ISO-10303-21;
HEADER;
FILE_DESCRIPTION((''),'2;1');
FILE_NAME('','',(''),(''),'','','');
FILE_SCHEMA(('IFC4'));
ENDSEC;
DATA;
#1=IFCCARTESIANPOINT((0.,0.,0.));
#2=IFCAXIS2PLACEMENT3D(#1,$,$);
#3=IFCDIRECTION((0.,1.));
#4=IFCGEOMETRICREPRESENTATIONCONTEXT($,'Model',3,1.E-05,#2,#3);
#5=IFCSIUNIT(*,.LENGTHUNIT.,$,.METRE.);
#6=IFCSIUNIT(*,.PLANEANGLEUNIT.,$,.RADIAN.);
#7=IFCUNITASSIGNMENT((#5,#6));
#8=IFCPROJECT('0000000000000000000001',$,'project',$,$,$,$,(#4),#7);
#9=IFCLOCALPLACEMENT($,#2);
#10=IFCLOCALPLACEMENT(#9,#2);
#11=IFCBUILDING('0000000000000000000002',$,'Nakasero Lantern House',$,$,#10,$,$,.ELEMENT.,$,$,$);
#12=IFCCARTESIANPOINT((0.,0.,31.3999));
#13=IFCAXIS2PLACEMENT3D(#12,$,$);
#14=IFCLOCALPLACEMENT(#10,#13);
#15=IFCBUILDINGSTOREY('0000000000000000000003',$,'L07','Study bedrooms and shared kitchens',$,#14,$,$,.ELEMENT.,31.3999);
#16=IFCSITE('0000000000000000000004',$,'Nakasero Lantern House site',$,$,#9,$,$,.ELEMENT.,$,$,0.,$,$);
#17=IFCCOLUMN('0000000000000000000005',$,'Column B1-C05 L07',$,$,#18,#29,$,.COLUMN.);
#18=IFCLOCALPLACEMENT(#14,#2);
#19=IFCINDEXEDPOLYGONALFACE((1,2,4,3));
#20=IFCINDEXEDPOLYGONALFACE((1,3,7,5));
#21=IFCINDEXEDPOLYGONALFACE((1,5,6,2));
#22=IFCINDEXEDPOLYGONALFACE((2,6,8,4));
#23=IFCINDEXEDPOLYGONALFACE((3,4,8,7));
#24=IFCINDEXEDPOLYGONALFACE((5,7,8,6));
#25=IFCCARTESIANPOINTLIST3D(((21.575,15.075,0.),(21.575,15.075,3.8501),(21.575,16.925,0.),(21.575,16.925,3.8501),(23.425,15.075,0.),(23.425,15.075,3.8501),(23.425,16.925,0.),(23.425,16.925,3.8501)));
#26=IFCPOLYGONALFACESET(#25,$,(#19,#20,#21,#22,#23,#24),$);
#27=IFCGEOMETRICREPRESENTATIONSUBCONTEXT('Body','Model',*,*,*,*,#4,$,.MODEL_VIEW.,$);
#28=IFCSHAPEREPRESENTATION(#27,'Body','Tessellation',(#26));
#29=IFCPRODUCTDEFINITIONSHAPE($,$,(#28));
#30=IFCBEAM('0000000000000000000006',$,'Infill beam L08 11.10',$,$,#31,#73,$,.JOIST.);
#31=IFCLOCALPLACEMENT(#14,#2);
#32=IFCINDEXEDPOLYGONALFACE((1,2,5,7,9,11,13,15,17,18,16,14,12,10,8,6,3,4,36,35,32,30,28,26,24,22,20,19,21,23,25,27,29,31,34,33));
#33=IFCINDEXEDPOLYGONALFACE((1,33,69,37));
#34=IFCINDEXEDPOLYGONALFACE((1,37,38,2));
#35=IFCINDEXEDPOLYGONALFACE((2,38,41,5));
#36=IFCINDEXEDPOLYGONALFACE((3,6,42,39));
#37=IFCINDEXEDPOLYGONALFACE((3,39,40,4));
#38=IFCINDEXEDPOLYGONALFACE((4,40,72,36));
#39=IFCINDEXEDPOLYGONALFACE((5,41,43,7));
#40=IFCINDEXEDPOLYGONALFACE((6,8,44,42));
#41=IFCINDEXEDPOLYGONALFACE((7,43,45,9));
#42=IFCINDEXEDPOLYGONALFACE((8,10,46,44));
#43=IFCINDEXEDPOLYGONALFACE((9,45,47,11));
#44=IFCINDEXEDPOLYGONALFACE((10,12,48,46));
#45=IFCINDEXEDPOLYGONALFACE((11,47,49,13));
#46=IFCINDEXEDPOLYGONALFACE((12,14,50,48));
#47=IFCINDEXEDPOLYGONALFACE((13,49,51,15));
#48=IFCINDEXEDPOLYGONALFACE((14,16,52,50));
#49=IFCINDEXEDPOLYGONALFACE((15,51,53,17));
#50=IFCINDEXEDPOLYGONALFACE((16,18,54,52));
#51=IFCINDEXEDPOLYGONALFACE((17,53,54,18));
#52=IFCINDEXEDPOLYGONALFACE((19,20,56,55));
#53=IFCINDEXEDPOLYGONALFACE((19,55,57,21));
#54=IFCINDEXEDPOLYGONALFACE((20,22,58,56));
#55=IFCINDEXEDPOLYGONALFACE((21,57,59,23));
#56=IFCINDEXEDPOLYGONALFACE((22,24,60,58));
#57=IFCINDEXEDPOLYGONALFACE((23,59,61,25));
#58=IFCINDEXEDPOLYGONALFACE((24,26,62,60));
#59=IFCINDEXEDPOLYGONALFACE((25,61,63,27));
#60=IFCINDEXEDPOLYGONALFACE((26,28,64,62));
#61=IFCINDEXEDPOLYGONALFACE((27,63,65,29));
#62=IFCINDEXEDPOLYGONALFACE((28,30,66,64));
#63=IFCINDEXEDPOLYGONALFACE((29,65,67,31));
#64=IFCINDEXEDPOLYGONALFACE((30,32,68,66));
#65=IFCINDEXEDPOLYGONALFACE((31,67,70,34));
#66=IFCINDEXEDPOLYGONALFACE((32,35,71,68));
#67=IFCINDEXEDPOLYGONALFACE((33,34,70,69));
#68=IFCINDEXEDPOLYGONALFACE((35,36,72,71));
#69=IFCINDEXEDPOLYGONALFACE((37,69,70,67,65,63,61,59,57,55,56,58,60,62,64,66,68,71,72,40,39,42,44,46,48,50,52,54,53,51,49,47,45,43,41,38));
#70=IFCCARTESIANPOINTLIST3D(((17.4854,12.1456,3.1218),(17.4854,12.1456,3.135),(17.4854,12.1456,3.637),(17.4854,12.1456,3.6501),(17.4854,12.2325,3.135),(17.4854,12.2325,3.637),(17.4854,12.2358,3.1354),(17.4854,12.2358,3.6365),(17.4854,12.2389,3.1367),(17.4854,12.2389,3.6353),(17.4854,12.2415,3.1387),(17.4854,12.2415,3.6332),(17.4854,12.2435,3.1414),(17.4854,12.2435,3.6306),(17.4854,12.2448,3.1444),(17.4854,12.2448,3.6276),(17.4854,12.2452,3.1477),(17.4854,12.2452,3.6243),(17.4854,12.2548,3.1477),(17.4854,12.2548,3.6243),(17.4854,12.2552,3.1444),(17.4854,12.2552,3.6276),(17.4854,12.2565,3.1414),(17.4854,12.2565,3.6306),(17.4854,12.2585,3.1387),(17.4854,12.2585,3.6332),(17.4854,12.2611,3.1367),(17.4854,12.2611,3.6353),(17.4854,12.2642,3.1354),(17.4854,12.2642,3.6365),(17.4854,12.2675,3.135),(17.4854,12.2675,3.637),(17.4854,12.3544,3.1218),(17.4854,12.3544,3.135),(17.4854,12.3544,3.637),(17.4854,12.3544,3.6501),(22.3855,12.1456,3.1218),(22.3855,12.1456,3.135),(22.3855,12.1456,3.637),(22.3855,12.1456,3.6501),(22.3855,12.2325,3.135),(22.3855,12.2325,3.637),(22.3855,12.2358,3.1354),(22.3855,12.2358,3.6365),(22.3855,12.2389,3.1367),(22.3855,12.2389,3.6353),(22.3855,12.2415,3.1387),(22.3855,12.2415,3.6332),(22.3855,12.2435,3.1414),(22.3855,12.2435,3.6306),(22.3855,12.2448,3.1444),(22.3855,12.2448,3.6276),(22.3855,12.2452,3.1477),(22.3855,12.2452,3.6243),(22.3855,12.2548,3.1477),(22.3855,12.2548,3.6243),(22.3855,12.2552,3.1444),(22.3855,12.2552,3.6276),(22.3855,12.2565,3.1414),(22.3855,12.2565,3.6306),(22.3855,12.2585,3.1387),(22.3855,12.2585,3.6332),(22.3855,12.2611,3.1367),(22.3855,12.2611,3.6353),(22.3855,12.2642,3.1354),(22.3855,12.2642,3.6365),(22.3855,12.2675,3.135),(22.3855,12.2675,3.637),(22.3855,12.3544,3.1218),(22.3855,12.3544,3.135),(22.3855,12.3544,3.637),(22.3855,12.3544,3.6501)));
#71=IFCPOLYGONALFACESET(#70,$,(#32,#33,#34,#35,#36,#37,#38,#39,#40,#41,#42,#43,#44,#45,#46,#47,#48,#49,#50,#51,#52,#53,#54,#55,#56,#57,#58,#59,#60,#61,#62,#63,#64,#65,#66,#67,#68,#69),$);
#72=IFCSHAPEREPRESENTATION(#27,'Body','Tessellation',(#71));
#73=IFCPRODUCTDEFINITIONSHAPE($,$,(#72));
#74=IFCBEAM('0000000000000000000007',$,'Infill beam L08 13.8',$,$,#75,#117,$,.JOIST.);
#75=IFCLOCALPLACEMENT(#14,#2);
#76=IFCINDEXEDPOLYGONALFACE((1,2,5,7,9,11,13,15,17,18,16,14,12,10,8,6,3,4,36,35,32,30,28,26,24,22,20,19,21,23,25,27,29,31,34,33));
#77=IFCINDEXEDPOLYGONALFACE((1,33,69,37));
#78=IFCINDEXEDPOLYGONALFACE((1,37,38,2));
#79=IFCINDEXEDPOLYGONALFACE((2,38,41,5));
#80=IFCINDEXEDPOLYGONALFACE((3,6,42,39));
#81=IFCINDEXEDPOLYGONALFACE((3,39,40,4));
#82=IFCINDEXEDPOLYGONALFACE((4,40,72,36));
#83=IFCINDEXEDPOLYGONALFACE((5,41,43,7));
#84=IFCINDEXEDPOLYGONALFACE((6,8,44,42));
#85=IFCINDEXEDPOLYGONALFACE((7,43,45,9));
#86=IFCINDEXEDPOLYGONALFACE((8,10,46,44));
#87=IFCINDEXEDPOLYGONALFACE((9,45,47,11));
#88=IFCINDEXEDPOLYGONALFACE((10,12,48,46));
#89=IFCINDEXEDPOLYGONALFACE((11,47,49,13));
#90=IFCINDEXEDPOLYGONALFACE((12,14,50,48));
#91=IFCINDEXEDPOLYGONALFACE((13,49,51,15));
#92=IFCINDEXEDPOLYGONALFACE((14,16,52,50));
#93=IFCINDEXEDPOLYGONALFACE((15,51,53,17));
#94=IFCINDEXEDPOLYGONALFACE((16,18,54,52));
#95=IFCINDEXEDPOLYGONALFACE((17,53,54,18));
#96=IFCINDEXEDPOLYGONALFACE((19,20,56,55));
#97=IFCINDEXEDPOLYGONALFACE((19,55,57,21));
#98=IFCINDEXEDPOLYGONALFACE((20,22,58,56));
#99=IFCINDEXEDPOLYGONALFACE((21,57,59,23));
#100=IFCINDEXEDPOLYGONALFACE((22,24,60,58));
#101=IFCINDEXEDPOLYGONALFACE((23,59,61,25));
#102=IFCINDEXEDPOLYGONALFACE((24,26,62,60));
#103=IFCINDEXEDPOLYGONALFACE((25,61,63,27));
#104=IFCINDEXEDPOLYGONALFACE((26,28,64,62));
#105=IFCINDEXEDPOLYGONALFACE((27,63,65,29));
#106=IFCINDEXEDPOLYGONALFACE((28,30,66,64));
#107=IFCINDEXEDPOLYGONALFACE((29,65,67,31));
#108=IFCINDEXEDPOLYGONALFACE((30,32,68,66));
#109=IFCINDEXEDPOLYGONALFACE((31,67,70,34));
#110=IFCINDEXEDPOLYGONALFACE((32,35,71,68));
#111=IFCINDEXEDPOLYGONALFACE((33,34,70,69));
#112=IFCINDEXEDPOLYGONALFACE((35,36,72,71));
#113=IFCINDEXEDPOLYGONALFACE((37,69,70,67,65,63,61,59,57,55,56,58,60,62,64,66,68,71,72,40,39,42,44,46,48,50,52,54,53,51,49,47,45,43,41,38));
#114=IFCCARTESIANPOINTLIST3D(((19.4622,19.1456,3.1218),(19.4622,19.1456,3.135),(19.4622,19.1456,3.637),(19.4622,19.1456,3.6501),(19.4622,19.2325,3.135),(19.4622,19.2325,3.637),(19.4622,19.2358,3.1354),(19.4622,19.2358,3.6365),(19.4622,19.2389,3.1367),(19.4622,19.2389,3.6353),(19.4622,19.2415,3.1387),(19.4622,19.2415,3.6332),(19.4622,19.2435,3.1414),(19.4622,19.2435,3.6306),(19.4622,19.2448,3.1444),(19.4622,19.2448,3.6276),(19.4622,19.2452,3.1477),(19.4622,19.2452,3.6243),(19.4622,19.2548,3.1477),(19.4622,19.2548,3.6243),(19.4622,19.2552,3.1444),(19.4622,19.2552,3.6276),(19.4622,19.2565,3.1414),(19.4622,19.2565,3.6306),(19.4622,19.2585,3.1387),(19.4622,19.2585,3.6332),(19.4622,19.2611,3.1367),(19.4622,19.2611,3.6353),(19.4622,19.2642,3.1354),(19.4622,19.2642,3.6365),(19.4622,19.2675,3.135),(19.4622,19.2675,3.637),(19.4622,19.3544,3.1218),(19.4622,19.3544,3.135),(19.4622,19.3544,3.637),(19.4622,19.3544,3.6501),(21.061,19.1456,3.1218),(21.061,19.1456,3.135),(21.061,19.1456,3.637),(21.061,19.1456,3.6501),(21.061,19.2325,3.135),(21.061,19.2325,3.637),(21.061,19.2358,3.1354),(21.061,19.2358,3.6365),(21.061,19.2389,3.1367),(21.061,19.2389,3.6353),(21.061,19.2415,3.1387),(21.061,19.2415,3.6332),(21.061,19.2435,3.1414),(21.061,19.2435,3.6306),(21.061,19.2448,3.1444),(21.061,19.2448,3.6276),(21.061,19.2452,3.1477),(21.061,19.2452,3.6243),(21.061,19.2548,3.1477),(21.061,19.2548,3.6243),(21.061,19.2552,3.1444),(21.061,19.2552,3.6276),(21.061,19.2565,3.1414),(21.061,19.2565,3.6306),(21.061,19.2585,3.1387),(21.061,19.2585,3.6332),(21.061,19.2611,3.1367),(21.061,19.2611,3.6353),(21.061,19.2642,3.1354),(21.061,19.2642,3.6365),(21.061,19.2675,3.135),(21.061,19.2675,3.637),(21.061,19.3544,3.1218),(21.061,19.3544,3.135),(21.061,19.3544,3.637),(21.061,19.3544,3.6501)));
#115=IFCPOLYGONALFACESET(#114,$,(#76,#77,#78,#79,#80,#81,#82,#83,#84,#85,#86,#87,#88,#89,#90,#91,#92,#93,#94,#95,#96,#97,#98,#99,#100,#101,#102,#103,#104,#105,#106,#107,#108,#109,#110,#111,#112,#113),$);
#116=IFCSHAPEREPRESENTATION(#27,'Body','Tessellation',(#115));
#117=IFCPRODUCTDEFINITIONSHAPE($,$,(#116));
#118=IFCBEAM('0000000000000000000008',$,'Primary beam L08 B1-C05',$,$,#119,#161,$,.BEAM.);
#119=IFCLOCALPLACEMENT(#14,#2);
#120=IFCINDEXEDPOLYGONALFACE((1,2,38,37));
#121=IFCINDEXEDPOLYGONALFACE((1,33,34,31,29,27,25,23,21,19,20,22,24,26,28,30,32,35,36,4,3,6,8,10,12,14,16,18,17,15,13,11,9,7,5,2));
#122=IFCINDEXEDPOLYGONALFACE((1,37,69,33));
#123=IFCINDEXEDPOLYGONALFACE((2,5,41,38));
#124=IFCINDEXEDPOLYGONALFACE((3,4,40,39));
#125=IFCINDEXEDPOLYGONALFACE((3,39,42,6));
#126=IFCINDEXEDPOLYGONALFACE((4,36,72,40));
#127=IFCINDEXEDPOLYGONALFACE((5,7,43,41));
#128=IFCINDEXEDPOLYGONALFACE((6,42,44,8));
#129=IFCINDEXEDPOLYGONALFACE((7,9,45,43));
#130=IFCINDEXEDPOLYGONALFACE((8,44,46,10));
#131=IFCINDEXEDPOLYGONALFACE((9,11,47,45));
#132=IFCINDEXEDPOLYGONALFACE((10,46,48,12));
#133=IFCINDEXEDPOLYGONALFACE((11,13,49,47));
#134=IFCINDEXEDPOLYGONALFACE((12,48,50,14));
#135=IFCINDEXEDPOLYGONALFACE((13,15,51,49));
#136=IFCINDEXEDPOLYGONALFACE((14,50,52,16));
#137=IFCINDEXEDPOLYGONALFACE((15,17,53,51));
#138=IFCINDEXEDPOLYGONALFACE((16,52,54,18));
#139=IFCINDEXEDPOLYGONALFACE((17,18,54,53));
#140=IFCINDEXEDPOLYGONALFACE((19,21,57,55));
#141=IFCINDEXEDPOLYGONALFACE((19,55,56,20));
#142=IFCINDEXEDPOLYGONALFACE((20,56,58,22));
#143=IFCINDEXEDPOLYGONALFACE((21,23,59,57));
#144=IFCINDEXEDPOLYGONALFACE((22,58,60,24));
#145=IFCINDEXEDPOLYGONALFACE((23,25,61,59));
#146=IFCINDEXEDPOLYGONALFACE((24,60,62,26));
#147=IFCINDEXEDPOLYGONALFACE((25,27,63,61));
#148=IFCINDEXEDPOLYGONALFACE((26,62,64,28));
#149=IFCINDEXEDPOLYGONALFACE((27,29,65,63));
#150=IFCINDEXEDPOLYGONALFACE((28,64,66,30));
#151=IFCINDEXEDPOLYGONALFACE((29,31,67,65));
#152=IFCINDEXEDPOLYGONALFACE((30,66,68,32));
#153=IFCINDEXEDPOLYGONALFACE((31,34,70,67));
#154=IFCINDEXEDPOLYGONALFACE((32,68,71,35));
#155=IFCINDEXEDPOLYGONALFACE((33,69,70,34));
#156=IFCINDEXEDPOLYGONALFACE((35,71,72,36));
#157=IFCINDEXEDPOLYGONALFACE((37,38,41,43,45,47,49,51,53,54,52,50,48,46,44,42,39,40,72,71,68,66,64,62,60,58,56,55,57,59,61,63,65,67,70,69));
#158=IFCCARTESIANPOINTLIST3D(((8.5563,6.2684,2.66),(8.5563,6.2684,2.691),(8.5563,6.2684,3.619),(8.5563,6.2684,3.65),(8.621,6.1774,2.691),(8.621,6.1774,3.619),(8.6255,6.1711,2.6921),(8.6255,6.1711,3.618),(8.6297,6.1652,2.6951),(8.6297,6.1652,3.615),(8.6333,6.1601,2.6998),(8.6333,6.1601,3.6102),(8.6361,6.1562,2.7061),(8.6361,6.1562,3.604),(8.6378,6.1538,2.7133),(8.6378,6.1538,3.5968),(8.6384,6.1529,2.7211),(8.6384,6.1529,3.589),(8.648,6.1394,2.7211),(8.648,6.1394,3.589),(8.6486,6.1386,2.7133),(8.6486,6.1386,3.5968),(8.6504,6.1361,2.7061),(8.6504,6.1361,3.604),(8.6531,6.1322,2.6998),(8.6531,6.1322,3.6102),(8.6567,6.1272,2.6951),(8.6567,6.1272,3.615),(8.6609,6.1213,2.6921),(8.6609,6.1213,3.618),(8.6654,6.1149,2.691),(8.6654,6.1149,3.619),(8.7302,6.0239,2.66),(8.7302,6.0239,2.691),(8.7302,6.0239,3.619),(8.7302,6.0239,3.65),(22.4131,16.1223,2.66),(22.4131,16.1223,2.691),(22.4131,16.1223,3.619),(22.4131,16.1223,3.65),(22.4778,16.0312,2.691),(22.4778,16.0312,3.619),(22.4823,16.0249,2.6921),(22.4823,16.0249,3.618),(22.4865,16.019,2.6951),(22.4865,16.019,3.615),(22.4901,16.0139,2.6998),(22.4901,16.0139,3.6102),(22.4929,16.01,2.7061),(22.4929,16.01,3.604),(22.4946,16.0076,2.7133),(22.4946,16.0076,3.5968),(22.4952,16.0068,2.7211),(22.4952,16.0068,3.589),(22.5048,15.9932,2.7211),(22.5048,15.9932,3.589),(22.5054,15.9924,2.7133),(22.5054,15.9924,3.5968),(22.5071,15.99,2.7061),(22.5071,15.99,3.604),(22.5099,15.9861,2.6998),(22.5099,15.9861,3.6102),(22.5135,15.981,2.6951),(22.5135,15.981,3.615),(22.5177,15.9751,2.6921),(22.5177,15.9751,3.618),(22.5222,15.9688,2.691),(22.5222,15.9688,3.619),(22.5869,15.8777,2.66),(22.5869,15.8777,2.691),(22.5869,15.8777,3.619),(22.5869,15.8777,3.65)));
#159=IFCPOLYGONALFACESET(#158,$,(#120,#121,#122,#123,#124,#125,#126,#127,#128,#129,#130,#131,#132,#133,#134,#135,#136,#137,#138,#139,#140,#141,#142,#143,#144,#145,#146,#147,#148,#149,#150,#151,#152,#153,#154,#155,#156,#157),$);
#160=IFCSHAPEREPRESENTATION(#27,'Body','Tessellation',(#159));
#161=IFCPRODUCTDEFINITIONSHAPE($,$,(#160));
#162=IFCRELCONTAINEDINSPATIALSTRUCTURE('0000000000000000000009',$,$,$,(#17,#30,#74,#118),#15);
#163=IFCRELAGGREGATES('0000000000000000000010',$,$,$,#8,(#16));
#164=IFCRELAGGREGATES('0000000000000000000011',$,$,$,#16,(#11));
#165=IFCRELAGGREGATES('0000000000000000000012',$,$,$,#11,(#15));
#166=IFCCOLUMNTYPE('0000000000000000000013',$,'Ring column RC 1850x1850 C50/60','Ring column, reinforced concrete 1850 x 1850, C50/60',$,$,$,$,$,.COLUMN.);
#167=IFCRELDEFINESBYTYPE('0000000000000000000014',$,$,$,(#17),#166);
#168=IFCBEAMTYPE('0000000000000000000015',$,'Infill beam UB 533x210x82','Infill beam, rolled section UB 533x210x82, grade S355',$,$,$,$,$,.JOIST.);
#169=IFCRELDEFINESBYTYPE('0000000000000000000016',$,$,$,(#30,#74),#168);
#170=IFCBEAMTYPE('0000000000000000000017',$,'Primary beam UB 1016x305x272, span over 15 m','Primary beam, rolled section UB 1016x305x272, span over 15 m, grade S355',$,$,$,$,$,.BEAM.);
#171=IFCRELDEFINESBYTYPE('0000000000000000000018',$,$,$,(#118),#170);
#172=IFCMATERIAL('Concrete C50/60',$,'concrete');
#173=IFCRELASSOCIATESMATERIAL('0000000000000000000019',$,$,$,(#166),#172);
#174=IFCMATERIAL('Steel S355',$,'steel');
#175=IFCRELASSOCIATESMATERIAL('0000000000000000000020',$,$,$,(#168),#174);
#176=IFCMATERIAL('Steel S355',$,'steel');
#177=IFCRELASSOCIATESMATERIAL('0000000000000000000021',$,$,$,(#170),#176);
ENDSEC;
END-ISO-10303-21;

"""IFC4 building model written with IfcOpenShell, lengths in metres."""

from ifc_helpers import new_model, si_unit, direction, frame, origin, origin_2d, place, context, subcontext, project, spatial, rectangle, i_section, extrude, material, material_profile, profile_set, type_object, element, save


model = new_model("IFC4")

# Units and contexts
model_context = context("Model", 3, precision=1e-05, world=origin(), true_north=direction((0.0, 1.0)))
body_context = subcontext(model_context, "Body", "Model", "MODEL_VIEW")
ifc_project = project(units=[si_unit("LENGTHUNIT", "METRE"), si_unit("PLANEANGLEUNIT", "RADIAN")], contexts=[model_context])

# Site, building, storey
site_placement = place(None, origin())
site = spatial("IfcSite", under=ifc_project, at=site_placement, Name="Nakasero Lantern House site", CompositionType="ELEMENT", RefElevation=0.0)
building_placement = place(site_placement, origin())
building = spatial("IfcBuilding", under=site, at=building_placement, Name="Nakasero Lantern House", CompositionType="ELEMENT")
storey_placement = place(building_placement, frame((0.0, 0.0, 31.3999)))
storey = spatial("IfcBuildingStorey", under=building, at=storey_placement, Name="L07", Description="Study bedrooms and shared kitchens", CompositionType="ELEMENT", Elevation=31.3999)

# Column
ifc_material_1 = material(Name="Concrete C50/60", Category="concrete")
ifc_material_profile_1 = material_profile(ifc_material_1, rectangle(XDim=1.8501, YDim=1.8501, at=origin_2d()), Name="RC 1850x1850")
ifc_profile_set_1 = profile_set([ifc_material_profile_1], Name="Concrete C50/60")
column_type = type_object("IfcColumnType", Name="Ring column RC 1850x1850 C50/60", Description="Ring column, reinforced concrete 1850 x 1850, C50/60", PredefinedType="COLUMN", material=ifc_profile_set_1)
column_placement = place(storey_placement, frame((22.5, 16.0, 0.0), z_axis=(0.0, 0.0, 1.0), x_axis=(1.0, 0.0, 0.0)))
element("IfcColumn", 1, at=column_placement, inside=storey, type_object=column_type, Name="Column B1-C05 L07", PredefinedType="COLUMN", context=body_context, shape_type="SweptSolid", body=[
    extrude(rectangle(XDim=1.8501, YDim=1.8501, at=origin_2d()), origin(), (0.0, 0.0, 1.0), 3.8501),
])

# Beams
ifc_material_2 = material(Name="Steel S355", Category="steel")
ifc_material_profile_2 = material_profile(ifc_material_2, i_section(OverallWidth=0.2087, OverallDepth=0.5283, WebThickness=0.0095, FlangeThickness=0.0132, FilletRadius=0.0127, at=origin_2d()), Name="UB 533x210x82")
ifc_profile_set_2 = profile_set([ifc_material_profile_2], Name="Steel S355")
beam_type_1 = type_object("IfcBeamType", Name="Infill beam UB 533x210x82", Description="Infill beam, rolled section UB 533x210x82, grade S355", PredefinedType="JOIST", material=ifc_profile_set_2)
beam_1_placement = place(storey_placement, frame((17.4854, 12.25, 3.386), z_axis=(1.0, 0.0, 0.0), x_axis=(0.0, 1.0, 0.0)))
element("IfcBeam", 2, at=beam_1_placement, inside=storey, type_object=beam_type_1, Name="Infill beam L08 11.10", PredefinedType="JOIST", context=body_context, shape_type="SweptSolid", body=[
    extrude(i_section(OverallWidth=0.2087, OverallDepth=0.5283, WebThickness=0.0095, FlangeThickness=0.0132, FilletRadius=0.0127, at=origin_2d()), origin(), (0.0, 0.0, 1.0), 4.9001),
])
beam_2_placement = place(storey_placement, frame((19.4622, 19.25, 3.386), z_axis=(1.0, 0.0, 0.0), x_axis=(0.0, 1.0, 0.0)))
element("IfcBeam", 3, at=beam_2_placement, inside=storey, type_object=beam_type_1, Name="Infill beam L08 13.8", PredefinedType="JOIST", context=body_context, shape_type="SweptSolid", body=[
    extrude(i_section(OverallWidth=0.2087, OverallDepth=0.5283, WebThickness=0.0095, FlangeThickness=0.0132, FilletRadius=0.0127, at=origin_2d()), origin(), (0.0, 0.0, 1.0), 1.5989),
])
ifc_material_3 = material(Name="Steel S355", Category="steel")
ifc_material_profile_3 = material_profile(ifc_material_3, i_section(OverallWidth=0.3, OverallDepth=0.99, WebThickness=0.0166, FlangeThickness=0.031, FilletRadius=0.03, at=origin_2d()), Name="UB 1016x305x272")
ifc_profile_set_3 = profile_set([ifc_material_profile_3], Name="Steel S355")
beam_type_2 = type_object("IfcBeamType", Name="Primary beam UB 1016x305x272, span over 15 m", Description="Primary beam, rolled section UB 1016x305x272, span over 15 m, grade S355", PredefinedType="BEAM", material=ifc_profile_set_3)
beam_3_placement = place(storey_placement, frame((22.5, 16.0, 3.155), z_axis=(-0.814952, -0.579528, 0.0), x_axis=(0.579528, -0.814952, 0.0)))
element("IfcBeam", 4, at=beam_3_placement, inside=storey, type_object=beam_type_2, Name="Primary beam L08 B1-C05", PredefinedType="BEAM", context=body_context, shape_type="SweptSolid", body=[
    extrude(i_section(OverallWidth=0.3, OverallDepth=0.99, WebThickness=0.0166, FlangeThickness=0.031, FilletRadius=0.03, at=origin_2d()), origin(), (0.0, 0.0, 1.0), 17.0032),
])

save(model, "model.ifc")
